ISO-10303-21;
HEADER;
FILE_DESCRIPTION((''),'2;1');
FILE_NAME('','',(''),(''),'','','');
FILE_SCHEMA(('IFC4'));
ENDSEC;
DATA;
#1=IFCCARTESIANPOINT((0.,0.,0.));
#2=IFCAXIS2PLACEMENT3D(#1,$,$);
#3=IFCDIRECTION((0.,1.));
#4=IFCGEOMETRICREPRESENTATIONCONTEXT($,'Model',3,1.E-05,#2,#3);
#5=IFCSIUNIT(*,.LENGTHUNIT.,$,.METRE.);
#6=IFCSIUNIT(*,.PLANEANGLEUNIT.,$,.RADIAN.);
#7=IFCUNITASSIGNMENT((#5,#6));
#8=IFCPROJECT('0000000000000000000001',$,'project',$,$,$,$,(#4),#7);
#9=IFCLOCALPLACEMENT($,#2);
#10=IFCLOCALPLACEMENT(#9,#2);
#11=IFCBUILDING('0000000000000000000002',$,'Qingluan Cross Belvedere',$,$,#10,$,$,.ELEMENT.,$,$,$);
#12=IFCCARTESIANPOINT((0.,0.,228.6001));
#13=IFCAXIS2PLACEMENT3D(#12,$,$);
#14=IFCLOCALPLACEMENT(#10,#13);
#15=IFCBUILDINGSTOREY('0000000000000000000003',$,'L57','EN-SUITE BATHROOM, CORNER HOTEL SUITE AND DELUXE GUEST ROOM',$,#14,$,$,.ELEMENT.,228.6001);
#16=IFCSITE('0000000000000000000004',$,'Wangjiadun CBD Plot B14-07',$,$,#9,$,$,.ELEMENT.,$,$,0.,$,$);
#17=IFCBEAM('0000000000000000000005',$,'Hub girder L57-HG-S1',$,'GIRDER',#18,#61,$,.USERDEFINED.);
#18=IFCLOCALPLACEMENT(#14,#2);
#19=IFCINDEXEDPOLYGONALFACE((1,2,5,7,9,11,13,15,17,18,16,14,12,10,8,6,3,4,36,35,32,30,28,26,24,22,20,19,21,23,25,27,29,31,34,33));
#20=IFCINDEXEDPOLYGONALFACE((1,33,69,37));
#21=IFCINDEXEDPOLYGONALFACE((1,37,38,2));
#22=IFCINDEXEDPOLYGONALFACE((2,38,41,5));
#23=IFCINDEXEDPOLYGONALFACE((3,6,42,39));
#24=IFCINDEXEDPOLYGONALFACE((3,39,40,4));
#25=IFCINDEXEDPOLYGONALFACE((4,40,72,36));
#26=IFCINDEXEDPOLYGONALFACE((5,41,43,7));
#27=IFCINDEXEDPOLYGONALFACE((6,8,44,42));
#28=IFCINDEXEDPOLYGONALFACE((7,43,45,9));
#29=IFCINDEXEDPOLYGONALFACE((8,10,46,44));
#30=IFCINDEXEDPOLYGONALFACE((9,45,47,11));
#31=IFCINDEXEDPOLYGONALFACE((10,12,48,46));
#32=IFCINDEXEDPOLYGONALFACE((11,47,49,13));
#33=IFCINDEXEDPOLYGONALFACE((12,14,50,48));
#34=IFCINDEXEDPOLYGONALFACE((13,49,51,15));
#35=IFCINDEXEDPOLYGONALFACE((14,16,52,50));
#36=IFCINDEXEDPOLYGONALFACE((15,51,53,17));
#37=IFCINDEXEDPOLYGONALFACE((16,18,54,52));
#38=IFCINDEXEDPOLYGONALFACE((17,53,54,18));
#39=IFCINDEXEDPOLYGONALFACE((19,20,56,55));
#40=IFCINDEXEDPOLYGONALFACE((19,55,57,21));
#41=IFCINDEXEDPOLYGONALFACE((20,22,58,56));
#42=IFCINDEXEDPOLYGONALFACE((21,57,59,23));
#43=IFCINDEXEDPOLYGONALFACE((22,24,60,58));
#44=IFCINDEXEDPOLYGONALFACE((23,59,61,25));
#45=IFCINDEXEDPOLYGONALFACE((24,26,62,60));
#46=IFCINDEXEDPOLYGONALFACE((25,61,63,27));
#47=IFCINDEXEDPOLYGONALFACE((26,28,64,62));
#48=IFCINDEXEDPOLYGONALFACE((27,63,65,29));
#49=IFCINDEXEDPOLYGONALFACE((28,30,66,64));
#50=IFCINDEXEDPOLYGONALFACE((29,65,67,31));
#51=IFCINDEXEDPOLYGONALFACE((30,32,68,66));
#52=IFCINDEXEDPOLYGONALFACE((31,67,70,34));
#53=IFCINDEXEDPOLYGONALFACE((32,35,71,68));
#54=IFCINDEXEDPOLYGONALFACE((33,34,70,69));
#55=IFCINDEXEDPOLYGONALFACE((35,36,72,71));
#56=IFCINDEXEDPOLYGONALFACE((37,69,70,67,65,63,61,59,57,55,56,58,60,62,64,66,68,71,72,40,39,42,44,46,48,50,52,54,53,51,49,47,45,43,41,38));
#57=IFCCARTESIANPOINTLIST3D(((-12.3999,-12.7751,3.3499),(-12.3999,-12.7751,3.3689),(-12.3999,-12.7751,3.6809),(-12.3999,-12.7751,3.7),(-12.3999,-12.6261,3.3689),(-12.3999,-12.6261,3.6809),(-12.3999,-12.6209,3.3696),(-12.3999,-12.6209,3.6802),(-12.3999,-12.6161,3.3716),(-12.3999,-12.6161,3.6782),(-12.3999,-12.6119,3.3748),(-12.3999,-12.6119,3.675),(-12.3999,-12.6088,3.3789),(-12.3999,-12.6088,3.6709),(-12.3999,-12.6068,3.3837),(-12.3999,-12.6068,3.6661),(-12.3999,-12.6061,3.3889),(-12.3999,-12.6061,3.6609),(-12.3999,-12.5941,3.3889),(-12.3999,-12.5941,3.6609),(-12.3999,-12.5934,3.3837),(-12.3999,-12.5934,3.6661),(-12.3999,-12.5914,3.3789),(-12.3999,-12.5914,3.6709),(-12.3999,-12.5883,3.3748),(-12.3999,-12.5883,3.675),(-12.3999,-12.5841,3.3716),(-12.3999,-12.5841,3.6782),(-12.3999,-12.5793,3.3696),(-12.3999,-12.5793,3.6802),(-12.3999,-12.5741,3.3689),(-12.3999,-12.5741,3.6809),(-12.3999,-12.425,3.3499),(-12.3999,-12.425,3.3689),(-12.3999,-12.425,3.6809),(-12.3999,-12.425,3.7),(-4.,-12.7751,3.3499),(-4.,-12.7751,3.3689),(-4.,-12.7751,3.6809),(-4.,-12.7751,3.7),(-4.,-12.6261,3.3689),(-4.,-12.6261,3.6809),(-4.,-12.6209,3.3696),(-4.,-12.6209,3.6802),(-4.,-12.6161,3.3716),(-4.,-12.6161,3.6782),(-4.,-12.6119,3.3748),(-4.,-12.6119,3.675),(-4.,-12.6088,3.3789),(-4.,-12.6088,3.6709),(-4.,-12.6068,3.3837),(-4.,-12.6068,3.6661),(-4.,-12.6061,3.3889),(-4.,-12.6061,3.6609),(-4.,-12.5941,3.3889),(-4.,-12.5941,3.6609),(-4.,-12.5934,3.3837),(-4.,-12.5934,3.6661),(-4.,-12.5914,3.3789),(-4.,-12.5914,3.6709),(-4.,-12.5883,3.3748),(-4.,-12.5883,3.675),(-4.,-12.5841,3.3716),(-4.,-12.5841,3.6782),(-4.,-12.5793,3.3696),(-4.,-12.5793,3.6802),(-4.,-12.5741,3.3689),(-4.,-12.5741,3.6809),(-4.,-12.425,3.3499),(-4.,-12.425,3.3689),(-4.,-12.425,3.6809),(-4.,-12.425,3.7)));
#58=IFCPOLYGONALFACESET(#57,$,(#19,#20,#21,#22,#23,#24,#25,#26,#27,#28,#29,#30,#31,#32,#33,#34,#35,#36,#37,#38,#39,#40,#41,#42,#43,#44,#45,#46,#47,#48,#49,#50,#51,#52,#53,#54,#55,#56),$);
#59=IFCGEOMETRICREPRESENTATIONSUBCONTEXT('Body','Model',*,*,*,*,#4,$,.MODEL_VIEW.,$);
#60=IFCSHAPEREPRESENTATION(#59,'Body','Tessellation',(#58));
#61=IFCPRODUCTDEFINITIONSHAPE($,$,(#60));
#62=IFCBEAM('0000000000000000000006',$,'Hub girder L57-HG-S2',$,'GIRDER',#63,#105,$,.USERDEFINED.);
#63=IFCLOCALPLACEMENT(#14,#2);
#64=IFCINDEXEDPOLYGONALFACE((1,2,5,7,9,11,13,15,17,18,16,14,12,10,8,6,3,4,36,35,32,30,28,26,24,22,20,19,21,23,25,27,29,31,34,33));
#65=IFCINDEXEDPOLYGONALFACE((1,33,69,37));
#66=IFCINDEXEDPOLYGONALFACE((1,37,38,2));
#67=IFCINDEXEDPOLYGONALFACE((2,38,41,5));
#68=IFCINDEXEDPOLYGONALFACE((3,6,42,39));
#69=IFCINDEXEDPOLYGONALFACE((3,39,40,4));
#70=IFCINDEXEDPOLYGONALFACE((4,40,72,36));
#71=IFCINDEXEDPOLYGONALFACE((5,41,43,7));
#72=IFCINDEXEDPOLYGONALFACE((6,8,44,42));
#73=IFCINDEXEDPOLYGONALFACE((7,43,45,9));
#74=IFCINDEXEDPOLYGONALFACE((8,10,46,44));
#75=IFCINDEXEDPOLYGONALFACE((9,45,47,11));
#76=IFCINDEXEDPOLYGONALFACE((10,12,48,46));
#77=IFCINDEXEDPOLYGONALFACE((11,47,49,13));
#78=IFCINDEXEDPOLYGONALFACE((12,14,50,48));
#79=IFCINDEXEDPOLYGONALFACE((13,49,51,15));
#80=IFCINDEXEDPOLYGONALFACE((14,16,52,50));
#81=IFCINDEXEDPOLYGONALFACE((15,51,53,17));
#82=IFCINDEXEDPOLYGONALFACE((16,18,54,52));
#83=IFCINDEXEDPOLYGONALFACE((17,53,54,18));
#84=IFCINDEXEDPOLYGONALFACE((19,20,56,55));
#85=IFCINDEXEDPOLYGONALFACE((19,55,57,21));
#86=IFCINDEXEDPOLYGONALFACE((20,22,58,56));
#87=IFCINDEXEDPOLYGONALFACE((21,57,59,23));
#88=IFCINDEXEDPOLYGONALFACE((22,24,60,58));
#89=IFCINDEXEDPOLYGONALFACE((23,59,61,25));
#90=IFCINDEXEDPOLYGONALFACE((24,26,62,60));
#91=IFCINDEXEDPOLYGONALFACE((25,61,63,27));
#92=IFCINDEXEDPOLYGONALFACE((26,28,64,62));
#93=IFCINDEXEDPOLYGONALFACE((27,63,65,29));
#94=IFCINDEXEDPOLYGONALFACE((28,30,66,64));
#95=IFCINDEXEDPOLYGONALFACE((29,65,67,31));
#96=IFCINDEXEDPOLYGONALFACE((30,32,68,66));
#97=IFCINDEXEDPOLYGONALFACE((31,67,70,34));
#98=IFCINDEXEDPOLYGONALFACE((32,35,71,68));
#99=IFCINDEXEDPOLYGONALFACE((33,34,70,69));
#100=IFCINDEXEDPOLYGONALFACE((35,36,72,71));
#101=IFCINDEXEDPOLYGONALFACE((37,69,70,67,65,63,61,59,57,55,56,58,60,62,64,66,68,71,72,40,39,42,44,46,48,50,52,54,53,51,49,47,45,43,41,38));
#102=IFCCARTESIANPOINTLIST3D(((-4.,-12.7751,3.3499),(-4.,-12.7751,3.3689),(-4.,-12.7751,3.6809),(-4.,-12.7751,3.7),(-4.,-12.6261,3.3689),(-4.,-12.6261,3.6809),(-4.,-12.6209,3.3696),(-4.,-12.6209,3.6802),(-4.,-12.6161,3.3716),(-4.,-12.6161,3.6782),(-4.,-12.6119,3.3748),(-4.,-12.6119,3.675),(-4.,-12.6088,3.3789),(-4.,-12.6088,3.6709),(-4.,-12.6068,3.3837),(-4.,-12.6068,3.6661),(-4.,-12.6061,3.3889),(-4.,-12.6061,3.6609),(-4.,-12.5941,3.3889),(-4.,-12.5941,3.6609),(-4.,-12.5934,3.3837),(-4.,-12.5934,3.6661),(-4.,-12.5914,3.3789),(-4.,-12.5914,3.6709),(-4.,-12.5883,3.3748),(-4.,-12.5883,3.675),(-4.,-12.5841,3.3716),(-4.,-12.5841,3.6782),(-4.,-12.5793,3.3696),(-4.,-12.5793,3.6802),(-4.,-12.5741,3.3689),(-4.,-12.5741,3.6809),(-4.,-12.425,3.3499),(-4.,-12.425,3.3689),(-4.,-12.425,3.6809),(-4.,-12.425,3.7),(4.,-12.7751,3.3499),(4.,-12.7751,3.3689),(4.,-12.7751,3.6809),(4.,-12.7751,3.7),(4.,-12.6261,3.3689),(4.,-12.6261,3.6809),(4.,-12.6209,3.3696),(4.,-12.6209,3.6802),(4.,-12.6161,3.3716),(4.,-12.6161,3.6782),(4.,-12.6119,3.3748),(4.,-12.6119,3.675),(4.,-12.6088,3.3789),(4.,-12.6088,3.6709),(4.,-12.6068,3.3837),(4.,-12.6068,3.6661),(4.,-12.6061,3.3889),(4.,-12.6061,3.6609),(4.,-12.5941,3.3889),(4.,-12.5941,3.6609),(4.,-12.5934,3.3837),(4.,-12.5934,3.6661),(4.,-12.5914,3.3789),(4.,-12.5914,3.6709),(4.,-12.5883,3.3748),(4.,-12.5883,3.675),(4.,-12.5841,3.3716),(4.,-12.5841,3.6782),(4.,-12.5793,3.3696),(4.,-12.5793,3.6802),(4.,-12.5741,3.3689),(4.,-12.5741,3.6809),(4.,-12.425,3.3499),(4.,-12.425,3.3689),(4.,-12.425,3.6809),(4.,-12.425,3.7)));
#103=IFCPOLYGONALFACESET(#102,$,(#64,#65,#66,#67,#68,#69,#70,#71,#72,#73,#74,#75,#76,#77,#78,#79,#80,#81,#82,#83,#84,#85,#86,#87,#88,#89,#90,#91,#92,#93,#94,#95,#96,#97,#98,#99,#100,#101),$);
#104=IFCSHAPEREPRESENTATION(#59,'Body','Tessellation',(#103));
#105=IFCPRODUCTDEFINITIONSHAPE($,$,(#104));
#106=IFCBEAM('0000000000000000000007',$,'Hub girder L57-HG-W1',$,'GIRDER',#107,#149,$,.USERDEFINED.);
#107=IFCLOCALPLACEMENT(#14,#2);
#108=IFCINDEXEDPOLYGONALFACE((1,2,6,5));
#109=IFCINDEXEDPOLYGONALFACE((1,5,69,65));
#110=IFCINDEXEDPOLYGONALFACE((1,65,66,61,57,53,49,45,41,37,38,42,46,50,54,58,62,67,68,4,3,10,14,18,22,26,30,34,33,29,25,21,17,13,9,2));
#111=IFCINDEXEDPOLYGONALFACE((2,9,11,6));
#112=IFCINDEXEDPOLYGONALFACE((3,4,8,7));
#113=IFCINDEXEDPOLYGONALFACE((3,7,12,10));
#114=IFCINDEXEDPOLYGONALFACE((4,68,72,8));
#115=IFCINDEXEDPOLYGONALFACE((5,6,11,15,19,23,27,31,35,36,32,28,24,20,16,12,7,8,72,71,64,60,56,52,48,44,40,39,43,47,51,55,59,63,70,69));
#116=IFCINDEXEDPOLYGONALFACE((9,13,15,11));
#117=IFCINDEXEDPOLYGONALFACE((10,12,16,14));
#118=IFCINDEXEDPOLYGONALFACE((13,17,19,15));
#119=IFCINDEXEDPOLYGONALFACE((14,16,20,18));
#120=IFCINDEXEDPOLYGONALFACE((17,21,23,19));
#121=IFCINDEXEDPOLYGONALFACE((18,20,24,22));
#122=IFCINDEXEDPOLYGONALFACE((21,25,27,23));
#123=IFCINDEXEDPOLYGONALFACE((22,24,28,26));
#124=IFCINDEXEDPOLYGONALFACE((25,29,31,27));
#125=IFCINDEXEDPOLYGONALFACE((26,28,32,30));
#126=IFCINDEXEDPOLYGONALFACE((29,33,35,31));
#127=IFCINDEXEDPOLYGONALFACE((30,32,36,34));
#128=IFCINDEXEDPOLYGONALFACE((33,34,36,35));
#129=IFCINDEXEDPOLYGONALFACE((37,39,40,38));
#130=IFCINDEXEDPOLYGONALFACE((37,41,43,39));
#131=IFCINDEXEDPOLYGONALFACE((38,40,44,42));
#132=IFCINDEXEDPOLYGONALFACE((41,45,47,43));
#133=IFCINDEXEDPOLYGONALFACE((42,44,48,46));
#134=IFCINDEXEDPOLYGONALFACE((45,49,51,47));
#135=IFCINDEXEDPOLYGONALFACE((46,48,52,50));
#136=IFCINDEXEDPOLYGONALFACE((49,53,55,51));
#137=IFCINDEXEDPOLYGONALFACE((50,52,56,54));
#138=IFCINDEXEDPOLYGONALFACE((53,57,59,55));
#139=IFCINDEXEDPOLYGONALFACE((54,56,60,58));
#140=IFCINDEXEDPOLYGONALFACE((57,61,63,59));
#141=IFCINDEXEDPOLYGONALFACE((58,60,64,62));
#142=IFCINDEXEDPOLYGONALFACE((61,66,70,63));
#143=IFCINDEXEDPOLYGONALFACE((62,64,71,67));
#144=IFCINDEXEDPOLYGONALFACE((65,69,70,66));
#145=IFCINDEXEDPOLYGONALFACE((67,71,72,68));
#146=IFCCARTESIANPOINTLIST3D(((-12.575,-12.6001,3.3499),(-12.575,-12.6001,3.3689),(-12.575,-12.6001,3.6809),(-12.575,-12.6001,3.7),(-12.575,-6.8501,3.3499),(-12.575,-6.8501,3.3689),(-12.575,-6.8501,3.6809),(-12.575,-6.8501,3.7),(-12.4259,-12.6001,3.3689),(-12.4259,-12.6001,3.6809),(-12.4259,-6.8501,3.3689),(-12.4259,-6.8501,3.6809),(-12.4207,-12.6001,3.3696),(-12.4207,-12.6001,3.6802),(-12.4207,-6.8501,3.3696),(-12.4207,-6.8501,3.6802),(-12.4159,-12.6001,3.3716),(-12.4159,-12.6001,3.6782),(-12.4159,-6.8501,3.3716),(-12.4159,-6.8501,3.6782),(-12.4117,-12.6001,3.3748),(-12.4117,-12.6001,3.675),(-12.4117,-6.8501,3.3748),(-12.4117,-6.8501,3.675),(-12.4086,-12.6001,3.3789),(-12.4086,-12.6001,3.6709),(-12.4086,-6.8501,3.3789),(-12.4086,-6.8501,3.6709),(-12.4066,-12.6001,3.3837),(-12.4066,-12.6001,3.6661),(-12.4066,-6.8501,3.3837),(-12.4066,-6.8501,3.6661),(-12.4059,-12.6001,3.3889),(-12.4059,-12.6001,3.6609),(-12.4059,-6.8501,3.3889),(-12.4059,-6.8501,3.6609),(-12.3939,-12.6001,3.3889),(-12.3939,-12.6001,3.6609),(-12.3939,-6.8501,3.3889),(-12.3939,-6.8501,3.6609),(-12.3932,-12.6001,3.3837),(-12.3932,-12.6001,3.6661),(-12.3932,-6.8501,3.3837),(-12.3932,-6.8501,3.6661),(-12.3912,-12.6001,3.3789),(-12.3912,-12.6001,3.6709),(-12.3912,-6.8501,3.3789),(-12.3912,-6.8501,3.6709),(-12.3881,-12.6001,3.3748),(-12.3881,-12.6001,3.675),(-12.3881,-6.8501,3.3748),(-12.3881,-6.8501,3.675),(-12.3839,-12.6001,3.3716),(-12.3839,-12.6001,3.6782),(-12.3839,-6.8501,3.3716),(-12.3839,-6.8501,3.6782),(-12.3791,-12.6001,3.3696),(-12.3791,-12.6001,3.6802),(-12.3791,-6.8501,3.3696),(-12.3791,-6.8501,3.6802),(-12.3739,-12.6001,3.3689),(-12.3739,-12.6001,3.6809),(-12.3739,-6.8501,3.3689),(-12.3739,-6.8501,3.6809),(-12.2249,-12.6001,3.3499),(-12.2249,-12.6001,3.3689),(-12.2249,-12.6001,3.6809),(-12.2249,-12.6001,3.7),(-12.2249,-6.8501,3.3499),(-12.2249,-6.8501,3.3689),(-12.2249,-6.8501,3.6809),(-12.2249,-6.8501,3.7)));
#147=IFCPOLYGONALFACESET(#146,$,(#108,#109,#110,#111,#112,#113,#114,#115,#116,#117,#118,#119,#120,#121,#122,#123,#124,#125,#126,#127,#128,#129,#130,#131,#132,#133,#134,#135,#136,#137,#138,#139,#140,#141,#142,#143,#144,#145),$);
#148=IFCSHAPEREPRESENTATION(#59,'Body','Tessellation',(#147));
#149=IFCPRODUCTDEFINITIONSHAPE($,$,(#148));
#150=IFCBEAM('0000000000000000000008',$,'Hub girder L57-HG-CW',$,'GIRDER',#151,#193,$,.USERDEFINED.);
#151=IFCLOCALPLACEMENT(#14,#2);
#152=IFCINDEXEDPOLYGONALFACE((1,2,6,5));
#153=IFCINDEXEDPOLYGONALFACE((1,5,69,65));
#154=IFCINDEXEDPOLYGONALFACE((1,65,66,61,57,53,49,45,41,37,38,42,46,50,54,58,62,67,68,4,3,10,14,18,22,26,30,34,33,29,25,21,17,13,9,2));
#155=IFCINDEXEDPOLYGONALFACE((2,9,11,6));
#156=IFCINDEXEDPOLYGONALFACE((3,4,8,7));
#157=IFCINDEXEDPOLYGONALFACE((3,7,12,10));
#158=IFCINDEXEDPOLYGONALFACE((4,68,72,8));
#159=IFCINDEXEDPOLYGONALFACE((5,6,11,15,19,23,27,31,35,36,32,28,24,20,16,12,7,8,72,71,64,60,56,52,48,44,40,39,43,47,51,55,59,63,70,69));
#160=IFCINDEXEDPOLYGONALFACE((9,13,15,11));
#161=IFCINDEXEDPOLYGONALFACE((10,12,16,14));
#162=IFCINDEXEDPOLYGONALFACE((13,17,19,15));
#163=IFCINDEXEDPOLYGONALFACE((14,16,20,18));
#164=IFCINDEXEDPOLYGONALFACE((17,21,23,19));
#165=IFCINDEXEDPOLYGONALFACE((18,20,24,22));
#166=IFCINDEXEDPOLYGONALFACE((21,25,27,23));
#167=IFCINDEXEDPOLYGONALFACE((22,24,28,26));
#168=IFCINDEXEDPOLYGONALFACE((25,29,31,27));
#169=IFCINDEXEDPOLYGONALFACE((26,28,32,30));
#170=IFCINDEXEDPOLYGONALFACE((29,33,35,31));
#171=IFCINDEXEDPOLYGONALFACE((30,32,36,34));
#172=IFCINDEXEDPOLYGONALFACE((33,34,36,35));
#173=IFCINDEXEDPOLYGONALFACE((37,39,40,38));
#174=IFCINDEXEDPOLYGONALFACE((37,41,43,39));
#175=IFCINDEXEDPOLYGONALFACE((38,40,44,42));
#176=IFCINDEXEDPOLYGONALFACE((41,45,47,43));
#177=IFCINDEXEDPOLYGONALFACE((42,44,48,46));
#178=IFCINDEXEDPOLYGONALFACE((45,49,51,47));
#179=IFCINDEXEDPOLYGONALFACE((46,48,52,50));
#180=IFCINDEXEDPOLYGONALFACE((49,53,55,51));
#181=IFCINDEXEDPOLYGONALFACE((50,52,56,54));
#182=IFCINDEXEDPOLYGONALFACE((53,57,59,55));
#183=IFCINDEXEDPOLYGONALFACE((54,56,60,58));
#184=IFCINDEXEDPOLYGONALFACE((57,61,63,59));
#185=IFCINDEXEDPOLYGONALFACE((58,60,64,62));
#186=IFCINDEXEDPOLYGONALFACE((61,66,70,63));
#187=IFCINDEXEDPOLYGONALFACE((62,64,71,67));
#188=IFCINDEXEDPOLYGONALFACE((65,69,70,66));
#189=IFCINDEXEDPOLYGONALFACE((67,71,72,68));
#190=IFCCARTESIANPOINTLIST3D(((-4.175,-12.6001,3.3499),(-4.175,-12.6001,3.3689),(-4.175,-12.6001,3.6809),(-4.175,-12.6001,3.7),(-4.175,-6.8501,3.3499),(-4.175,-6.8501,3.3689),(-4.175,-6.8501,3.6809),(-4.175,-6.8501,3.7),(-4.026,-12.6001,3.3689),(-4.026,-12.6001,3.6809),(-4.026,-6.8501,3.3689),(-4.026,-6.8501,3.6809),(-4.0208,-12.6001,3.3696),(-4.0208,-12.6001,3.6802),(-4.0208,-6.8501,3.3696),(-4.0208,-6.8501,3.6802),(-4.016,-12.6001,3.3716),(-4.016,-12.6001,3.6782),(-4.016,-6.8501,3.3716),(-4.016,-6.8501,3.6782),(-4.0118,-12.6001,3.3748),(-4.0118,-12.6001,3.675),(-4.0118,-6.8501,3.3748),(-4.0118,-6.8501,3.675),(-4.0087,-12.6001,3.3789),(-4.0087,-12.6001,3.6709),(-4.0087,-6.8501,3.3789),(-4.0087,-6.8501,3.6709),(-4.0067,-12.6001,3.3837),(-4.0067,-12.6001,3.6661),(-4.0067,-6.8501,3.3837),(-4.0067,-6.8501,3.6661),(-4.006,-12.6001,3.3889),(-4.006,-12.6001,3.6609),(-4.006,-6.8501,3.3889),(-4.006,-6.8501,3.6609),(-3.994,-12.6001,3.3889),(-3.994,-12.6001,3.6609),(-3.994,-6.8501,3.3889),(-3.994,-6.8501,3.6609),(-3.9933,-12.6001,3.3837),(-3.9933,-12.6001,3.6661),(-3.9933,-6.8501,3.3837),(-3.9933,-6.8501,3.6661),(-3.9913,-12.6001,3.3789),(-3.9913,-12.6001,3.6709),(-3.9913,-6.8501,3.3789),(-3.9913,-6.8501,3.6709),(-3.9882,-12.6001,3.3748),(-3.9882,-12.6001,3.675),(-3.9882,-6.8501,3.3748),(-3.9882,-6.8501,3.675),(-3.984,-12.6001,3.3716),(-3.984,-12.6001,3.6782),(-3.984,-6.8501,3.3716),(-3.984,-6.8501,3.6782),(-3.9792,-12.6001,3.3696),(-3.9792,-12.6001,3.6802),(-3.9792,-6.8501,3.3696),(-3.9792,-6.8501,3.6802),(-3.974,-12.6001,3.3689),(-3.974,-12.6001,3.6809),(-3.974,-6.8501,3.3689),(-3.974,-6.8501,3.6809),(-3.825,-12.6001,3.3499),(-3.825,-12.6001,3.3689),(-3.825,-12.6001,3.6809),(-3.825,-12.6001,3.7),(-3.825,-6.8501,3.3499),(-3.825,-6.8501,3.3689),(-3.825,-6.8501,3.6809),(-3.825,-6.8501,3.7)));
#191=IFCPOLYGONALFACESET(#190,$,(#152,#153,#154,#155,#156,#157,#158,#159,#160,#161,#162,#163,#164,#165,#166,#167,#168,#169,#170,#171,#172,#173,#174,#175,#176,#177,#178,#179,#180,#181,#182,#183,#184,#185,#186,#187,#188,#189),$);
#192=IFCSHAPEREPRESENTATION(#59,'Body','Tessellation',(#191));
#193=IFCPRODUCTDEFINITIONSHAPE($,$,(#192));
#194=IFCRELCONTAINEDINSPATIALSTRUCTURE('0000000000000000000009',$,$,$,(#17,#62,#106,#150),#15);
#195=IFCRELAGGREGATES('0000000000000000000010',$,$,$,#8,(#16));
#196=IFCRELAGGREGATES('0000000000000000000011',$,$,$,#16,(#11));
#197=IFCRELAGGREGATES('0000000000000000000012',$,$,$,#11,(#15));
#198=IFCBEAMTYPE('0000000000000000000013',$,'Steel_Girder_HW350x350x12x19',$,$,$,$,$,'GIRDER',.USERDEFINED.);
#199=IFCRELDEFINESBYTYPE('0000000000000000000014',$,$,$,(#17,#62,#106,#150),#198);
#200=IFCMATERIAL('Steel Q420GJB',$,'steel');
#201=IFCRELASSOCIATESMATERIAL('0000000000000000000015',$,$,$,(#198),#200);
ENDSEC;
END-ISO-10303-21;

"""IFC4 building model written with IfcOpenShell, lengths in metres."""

from ifc_helpers import new_model, si_unit, direction, frame, origin, origin_2d, place, context, subcontext, project, spatial, i_section, extrude, material, material_profile, profile_set, type_object, element, save


model = new_model("IFC4")

# Units and contexts
model_context = context("Model", 3, precision=1e-05, world=origin(), true_north=direction((0.0, 1.0)))
body_context = subcontext(model_context, "Body", "Model", "MODEL_VIEW")
ifc_project = project(units=[si_unit("LENGTHUNIT", "METRE"), si_unit("PLANEANGLEUNIT", "RADIAN")], contexts=[model_context])

# Site, building, storey
site_placement = place(None, origin())
site = spatial("IfcSite", under=ifc_project, at=site_placement, Name="Wangjiadun CBD Plot B14-07", CompositionType="ELEMENT", RefElevation=0.0)
building_placement = place(site_placement, origin())
building = spatial("IfcBuilding", under=site, at=building_placement, Name="Qingluan Cross Belvedere", CompositionType="ELEMENT")
storey_placement = place(building_placement, frame((0.0, 0.0, 228.6001)))
storey = spatial("IfcBuildingStorey", under=building, at=storey_placement, Name="L57", Description="EN-SUITE BATHROOM, CORNER HOTEL SUITE AND DELUXE GUEST ROOM", CompositionType="ELEMENT", Elevation=228.6001)

# Beams
ifc_material_1 = material(Name="Steel Q420GJB", Category="steel")
ifc_material_profile_1 = material_profile(ifc_material_1, i_section(OverallWidth=0.3501, OverallDepth=0.3501, WebThickness=0.012, FlangeThickness=0.019, FilletRadius=0.02, at=origin_2d()), Name="HW350x350x12x19")
ifc_profile_set_1 = profile_set([ifc_material_profile_1], Name="Steel Q420GJB")
beam_type_1 = type_object("IfcBeamType", Name="Steel_Girder_HW350x350x12x19", ElementType="GIRDER", PredefinedType="USERDEFINED", material=ifc_profile_set_1)
beam_1_placement = place(storey_placement, frame((-12.3999, -12.6001, 3.5249), z_axis=(1.0, 0.0, 0.0), x_axis=(0.0, 1.0, 0.0)))
element("IfcBeam", 1, at=beam_1_placement, inside=storey, type_object=beam_type_1, Name="Hub girder L57-HG-S1", ObjectType="GIRDER", PredefinedType="USERDEFINED", context=body_context, shape_type="SweptSolid", body=[
    extrude(i_section(OverallWidth=0.3501, OverallDepth=0.3501, WebThickness=0.012, FlangeThickness=0.019, FilletRadius=0.02, at=origin_2d()), origin(), (0.0, 0.0, 1.0), 8.3999),
])
beam_2_placement = place(storey_placement, frame((-4.0, -12.6001, 3.5249), z_axis=(1.0, 0.0, 0.0), x_axis=(0.0, 1.0, 0.0)))
element("IfcBeam", 2, at=beam_2_placement, inside=storey, type_object=beam_type_1, Name="Hub girder L57-HG-S2", ObjectType="GIRDER", PredefinedType="USERDEFINED", context=body_context, shape_type="SweptSolid", body=[
    extrude(i_section(OverallWidth=0.3501, OverallDepth=0.3501, WebThickness=0.012, FlangeThickness=0.019, FilletRadius=0.02, at=origin_2d()), origin(), (0.0, 0.0, 1.0), 8.0),
])
for number, where, z_axis, x_axis, name in (
    (3, (-12.3999, -12.6001, 3.5249), (0.0, 1.0, 0.0), (-1.0, 0.0, 0.0), "Hub girder L57-HG-W1"),
    (4, (-4.0, -12.6001, 3.5249), (0.0, 1.0, 0.0), (-1.0, 0.0, 0.0), "Hub girder L57-HG-CW"),
):
    element("IfcBeam", number, at=place(storey_placement, frame(where, z_axis=z_axis, x_axis=x_axis)), inside=storey, type_object=beam_type_1, Name=name, ObjectType="GIRDER", PredefinedType="USERDEFINED", context=body_context, shape_type="SweptSolid", body=[
        extrude(i_section(OverallWidth=0.3501, OverallDepth=0.3501, WebThickness=0.012, FlangeThickness=0.019, FilletRadius=0.02, at=origin_2d()), origin(), (0.0, 0.0, 1.0), 5.75),
    ])

save(model, "model.ifc")
